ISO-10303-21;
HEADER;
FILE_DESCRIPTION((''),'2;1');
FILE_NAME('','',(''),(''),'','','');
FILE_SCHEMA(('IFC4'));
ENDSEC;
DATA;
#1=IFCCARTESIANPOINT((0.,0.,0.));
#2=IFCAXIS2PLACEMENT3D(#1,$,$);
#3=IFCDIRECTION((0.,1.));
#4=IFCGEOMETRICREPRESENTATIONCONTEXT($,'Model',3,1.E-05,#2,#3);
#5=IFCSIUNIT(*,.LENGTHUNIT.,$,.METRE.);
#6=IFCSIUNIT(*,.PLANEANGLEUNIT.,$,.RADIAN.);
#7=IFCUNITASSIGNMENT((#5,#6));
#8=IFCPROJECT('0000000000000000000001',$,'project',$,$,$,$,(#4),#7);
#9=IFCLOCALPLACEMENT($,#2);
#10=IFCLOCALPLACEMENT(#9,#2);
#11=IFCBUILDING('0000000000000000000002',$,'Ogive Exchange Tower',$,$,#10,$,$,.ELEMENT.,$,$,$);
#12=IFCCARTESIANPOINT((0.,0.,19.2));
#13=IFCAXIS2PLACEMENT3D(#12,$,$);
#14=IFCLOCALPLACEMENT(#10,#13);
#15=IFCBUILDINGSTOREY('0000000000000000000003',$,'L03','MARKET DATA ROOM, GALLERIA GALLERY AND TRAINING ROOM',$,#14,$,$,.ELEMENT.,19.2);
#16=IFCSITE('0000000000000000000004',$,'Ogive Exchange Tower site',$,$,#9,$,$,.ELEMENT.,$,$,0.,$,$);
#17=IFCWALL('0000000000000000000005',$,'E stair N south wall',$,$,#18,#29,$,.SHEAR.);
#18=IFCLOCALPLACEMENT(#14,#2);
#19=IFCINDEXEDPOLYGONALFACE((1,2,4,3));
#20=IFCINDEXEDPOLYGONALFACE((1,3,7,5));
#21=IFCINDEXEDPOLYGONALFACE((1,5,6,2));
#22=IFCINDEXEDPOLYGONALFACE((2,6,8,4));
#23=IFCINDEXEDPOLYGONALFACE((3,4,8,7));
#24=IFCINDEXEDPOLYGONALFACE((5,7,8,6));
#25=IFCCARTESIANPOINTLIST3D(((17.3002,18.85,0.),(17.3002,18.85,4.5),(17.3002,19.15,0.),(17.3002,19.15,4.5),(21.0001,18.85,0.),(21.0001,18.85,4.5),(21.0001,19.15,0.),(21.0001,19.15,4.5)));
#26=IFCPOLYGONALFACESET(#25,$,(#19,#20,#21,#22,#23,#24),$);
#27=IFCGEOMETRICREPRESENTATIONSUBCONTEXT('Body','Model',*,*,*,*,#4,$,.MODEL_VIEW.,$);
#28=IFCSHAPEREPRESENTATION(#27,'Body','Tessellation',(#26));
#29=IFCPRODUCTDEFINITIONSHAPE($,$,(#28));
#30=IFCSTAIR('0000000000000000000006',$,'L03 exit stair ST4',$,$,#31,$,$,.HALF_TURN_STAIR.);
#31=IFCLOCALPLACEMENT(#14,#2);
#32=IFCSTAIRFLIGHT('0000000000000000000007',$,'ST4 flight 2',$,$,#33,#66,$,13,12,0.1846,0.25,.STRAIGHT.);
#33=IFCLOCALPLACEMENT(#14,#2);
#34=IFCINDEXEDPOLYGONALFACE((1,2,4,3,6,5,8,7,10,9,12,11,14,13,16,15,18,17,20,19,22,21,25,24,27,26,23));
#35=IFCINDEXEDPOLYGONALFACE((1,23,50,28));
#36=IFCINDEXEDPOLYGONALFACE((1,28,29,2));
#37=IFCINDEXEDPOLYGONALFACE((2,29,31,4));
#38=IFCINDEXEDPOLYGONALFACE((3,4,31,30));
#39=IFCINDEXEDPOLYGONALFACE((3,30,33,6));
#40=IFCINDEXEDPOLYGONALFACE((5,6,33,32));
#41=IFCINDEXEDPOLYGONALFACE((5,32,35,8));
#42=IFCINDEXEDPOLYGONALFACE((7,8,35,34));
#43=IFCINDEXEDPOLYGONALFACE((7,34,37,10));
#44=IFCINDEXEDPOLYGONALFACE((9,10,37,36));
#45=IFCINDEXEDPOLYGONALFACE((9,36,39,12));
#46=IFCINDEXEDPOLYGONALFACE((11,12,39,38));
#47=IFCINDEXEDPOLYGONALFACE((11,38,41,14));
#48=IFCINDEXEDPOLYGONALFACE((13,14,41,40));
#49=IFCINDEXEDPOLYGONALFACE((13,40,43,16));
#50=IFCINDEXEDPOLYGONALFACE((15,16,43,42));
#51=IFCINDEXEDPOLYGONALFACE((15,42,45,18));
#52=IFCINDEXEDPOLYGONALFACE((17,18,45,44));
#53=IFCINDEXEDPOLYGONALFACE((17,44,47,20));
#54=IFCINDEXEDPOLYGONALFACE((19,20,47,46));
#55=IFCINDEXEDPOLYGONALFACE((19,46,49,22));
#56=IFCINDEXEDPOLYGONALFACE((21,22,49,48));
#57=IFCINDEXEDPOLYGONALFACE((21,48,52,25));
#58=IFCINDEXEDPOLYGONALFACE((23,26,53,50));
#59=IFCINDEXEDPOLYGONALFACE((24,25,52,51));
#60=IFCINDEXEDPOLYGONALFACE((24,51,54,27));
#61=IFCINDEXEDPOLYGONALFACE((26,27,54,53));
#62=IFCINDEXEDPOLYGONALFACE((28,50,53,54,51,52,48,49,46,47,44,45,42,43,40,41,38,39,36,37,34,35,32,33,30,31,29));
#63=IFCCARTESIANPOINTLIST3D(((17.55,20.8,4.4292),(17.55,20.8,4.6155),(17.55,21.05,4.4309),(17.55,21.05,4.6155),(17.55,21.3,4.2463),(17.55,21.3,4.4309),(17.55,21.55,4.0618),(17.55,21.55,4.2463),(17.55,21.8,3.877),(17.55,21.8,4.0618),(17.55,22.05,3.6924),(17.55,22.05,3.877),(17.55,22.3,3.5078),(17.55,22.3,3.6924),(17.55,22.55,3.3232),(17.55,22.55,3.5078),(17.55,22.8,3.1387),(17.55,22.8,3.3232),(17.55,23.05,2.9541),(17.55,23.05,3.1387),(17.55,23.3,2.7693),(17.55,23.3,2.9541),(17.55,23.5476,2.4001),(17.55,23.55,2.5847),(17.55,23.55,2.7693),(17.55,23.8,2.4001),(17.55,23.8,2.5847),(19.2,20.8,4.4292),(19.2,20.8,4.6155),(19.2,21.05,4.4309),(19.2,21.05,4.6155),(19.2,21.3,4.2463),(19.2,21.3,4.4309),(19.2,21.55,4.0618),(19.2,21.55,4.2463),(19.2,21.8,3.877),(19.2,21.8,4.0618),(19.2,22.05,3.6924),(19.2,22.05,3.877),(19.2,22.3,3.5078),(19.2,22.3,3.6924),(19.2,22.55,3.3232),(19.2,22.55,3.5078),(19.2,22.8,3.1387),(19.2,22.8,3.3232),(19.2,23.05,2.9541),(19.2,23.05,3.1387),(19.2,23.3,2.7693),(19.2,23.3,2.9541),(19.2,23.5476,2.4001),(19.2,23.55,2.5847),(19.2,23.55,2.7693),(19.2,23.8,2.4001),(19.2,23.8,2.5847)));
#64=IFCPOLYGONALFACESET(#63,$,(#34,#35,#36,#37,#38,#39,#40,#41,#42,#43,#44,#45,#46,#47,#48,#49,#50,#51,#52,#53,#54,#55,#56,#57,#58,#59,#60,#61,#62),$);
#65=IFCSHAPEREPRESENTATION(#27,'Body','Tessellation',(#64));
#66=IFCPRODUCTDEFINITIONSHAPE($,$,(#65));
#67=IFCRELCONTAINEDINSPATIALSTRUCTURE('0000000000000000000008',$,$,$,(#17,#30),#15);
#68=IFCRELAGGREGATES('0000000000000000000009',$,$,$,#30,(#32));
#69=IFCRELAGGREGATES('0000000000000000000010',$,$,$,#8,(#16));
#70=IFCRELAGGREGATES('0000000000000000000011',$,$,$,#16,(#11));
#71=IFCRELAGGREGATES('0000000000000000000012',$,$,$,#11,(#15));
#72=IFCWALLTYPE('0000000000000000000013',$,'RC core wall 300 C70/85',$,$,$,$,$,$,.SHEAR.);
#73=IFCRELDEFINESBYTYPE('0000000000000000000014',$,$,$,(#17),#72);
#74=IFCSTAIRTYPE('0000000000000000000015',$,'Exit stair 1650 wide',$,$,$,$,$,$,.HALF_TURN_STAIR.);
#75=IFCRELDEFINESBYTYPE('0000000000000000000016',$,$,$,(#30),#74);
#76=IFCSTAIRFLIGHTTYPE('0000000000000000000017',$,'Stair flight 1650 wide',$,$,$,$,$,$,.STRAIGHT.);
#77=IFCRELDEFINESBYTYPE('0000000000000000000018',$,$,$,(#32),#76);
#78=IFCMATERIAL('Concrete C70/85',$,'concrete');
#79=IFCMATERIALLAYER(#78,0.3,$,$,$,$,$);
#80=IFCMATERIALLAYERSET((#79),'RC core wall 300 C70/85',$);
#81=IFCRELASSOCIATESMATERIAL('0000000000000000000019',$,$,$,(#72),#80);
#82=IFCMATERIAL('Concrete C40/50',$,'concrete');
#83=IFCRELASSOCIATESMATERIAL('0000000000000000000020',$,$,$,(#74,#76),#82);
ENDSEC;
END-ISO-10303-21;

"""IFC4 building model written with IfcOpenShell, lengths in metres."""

from ifc_helpers import new_model, si_unit, direction, frame, frame_2d, origin, place, context, subcontext, project, spatial, polyline, rectangle, outline, extrude, material, layer, layer_set, type_object, element, aggregate, save


model = new_model("IFC4")

# Units and contexts
model_context = context("Model", 3, precision=1e-05, world=origin(), true_north=direction((0.0, 1.0)))
body_context = subcontext(model_context, "Body", "Model", "MODEL_VIEW")
ifc_project = project(units=[si_unit("LENGTHUNIT", "METRE"), si_unit("PLANEANGLEUNIT", "RADIAN")], contexts=[model_context])

# Site, building, storey
site_placement = place(None, origin())
site = spatial("IfcSite", under=ifc_project, at=site_placement, Name="Ogive Exchange Tower site", CompositionType="ELEMENT", RefElevation=0.0)
building_placement = place(site_placement, origin())
building = spatial("IfcBuilding", under=site, at=building_placement, Name="Ogive Exchange Tower", CompositionType="ELEMENT")
storey_placement = place(building_placement, frame((0.0, 0.0, 19.2)))
storey = spatial("IfcBuildingStorey", under=building, at=storey_placement, Name="L03", Description="MARKET DATA ROOM, GALLERIA GALLERY AND TRAINING ROOM", CompositionType="ELEMENT", Elevation=19.2)

# Shared definitions
ifc_material_1 = material(Name="Concrete C70/85", Category="concrete")

# Wall
ifc_layer_1 = layer(ifc_material_1, 0.3)
ifc_layer_set_1 = layer_set([ifc_layer_1], Name="RC core wall 300 C70/85")
wall_type_1 = type_object("IfcWallType", Name="RC core wall 300 C70/85", PredefinedType="SHEAR", material=ifc_layer_set_1)
wall_1_placement = place(storey_placement, frame((17.3, 19.0, 0.0), z_axis=(0.0, 0.0, 1.0), x_axis=(1.0, 0.0, 0.0)))
element("IfcWall", 1, at=wall_1_placement, inside=storey, type_object=wall_type_1, Name="E stair N south wall", PredefinedType="SHEAR", context=body_context, shape_type="SweptSolid", body=[
    extrude(rectangle(XDim=3.7, YDim=0.3, at=frame_2d((1.8501, 0.0))), origin(), (0.0, 0.0, 1.0), 4.5),
])

# Stair, stair flight
ifc_material_2 = material(Name="Concrete C40/50", Category="concrete")
stair_type = type_object("IfcStairType", Name="Exit stair 1650 wide", PredefinedType="HALF_TURN_STAIR", material=ifc_material_2)
stair_placement = place(storey_placement, origin())
stair = element("IfcStair", 2, at=stair_placement, inside=storey, type_object=stair_type, Name="L03 exit stair ST4", PredefinedType="HALF_TURN_STAIR")
stair_flight_type = type_object("IfcStairFlightType", Name="Stair flight 1650 wide", PredefinedType="STRAIGHT", material=ifc_material_2)
stair_flight_placement = place(storey_placement, frame((18.375, 23.8, 2.4001), z_axis=(0.0, 0.0, 1.0), x_axis=(0.0, -1.0, 0.0)))
stair_flight = element("IfcStairFlight", 3, at=stair_flight_placement, type_object=stair_flight_type, Name="ST4 flight 2", NumberOfRisers=13, NumberOfTreads=12, PredefinedType="STRAIGHT", RiserHeight=0.1846, TreadLength=0.25, context=body_context, shape_type="SweptSolid", body=[
    extrude(outline(polyline([(0.0, 0.0), (0.0, 0.1846), (0.25, 0.1846), (0.25, 0.3691), (0.5, 0.3691), (0.5, 0.554), (0.75, 0.554), (0.75, 0.7385), (1.0, 0.7385), (1.0, 0.9231), (1.25, 0.9231), (1.25, 1.1077), (1.5, 1.1077), (1.5, 1.2922), (1.75, 1.2922), (1.75, 1.4768), (2.0, 1.4768), (2.0, 1.6616), (2.25, 1.6616), (2.25, 1.8462), (2.5, 1.8462), (2.5, 2.0308), (2.75, 2.0308), (2.75, 2.2153), (3.0, 2.2153), (3.0, 2.3999), (3.0, 2.0291), (0.2524, 0.0), (0.0, 0.0)])), frame((0.0, 0.825, 0.0), z_axis=(0.0, -1.0, 0.0), x_axis=(1.0, 0.0, 0.0)), (0.0, 0.0, 1.0), 1.6499),
])
aggregate(stair, [stair_flight])

save(model, "model.ifc")
